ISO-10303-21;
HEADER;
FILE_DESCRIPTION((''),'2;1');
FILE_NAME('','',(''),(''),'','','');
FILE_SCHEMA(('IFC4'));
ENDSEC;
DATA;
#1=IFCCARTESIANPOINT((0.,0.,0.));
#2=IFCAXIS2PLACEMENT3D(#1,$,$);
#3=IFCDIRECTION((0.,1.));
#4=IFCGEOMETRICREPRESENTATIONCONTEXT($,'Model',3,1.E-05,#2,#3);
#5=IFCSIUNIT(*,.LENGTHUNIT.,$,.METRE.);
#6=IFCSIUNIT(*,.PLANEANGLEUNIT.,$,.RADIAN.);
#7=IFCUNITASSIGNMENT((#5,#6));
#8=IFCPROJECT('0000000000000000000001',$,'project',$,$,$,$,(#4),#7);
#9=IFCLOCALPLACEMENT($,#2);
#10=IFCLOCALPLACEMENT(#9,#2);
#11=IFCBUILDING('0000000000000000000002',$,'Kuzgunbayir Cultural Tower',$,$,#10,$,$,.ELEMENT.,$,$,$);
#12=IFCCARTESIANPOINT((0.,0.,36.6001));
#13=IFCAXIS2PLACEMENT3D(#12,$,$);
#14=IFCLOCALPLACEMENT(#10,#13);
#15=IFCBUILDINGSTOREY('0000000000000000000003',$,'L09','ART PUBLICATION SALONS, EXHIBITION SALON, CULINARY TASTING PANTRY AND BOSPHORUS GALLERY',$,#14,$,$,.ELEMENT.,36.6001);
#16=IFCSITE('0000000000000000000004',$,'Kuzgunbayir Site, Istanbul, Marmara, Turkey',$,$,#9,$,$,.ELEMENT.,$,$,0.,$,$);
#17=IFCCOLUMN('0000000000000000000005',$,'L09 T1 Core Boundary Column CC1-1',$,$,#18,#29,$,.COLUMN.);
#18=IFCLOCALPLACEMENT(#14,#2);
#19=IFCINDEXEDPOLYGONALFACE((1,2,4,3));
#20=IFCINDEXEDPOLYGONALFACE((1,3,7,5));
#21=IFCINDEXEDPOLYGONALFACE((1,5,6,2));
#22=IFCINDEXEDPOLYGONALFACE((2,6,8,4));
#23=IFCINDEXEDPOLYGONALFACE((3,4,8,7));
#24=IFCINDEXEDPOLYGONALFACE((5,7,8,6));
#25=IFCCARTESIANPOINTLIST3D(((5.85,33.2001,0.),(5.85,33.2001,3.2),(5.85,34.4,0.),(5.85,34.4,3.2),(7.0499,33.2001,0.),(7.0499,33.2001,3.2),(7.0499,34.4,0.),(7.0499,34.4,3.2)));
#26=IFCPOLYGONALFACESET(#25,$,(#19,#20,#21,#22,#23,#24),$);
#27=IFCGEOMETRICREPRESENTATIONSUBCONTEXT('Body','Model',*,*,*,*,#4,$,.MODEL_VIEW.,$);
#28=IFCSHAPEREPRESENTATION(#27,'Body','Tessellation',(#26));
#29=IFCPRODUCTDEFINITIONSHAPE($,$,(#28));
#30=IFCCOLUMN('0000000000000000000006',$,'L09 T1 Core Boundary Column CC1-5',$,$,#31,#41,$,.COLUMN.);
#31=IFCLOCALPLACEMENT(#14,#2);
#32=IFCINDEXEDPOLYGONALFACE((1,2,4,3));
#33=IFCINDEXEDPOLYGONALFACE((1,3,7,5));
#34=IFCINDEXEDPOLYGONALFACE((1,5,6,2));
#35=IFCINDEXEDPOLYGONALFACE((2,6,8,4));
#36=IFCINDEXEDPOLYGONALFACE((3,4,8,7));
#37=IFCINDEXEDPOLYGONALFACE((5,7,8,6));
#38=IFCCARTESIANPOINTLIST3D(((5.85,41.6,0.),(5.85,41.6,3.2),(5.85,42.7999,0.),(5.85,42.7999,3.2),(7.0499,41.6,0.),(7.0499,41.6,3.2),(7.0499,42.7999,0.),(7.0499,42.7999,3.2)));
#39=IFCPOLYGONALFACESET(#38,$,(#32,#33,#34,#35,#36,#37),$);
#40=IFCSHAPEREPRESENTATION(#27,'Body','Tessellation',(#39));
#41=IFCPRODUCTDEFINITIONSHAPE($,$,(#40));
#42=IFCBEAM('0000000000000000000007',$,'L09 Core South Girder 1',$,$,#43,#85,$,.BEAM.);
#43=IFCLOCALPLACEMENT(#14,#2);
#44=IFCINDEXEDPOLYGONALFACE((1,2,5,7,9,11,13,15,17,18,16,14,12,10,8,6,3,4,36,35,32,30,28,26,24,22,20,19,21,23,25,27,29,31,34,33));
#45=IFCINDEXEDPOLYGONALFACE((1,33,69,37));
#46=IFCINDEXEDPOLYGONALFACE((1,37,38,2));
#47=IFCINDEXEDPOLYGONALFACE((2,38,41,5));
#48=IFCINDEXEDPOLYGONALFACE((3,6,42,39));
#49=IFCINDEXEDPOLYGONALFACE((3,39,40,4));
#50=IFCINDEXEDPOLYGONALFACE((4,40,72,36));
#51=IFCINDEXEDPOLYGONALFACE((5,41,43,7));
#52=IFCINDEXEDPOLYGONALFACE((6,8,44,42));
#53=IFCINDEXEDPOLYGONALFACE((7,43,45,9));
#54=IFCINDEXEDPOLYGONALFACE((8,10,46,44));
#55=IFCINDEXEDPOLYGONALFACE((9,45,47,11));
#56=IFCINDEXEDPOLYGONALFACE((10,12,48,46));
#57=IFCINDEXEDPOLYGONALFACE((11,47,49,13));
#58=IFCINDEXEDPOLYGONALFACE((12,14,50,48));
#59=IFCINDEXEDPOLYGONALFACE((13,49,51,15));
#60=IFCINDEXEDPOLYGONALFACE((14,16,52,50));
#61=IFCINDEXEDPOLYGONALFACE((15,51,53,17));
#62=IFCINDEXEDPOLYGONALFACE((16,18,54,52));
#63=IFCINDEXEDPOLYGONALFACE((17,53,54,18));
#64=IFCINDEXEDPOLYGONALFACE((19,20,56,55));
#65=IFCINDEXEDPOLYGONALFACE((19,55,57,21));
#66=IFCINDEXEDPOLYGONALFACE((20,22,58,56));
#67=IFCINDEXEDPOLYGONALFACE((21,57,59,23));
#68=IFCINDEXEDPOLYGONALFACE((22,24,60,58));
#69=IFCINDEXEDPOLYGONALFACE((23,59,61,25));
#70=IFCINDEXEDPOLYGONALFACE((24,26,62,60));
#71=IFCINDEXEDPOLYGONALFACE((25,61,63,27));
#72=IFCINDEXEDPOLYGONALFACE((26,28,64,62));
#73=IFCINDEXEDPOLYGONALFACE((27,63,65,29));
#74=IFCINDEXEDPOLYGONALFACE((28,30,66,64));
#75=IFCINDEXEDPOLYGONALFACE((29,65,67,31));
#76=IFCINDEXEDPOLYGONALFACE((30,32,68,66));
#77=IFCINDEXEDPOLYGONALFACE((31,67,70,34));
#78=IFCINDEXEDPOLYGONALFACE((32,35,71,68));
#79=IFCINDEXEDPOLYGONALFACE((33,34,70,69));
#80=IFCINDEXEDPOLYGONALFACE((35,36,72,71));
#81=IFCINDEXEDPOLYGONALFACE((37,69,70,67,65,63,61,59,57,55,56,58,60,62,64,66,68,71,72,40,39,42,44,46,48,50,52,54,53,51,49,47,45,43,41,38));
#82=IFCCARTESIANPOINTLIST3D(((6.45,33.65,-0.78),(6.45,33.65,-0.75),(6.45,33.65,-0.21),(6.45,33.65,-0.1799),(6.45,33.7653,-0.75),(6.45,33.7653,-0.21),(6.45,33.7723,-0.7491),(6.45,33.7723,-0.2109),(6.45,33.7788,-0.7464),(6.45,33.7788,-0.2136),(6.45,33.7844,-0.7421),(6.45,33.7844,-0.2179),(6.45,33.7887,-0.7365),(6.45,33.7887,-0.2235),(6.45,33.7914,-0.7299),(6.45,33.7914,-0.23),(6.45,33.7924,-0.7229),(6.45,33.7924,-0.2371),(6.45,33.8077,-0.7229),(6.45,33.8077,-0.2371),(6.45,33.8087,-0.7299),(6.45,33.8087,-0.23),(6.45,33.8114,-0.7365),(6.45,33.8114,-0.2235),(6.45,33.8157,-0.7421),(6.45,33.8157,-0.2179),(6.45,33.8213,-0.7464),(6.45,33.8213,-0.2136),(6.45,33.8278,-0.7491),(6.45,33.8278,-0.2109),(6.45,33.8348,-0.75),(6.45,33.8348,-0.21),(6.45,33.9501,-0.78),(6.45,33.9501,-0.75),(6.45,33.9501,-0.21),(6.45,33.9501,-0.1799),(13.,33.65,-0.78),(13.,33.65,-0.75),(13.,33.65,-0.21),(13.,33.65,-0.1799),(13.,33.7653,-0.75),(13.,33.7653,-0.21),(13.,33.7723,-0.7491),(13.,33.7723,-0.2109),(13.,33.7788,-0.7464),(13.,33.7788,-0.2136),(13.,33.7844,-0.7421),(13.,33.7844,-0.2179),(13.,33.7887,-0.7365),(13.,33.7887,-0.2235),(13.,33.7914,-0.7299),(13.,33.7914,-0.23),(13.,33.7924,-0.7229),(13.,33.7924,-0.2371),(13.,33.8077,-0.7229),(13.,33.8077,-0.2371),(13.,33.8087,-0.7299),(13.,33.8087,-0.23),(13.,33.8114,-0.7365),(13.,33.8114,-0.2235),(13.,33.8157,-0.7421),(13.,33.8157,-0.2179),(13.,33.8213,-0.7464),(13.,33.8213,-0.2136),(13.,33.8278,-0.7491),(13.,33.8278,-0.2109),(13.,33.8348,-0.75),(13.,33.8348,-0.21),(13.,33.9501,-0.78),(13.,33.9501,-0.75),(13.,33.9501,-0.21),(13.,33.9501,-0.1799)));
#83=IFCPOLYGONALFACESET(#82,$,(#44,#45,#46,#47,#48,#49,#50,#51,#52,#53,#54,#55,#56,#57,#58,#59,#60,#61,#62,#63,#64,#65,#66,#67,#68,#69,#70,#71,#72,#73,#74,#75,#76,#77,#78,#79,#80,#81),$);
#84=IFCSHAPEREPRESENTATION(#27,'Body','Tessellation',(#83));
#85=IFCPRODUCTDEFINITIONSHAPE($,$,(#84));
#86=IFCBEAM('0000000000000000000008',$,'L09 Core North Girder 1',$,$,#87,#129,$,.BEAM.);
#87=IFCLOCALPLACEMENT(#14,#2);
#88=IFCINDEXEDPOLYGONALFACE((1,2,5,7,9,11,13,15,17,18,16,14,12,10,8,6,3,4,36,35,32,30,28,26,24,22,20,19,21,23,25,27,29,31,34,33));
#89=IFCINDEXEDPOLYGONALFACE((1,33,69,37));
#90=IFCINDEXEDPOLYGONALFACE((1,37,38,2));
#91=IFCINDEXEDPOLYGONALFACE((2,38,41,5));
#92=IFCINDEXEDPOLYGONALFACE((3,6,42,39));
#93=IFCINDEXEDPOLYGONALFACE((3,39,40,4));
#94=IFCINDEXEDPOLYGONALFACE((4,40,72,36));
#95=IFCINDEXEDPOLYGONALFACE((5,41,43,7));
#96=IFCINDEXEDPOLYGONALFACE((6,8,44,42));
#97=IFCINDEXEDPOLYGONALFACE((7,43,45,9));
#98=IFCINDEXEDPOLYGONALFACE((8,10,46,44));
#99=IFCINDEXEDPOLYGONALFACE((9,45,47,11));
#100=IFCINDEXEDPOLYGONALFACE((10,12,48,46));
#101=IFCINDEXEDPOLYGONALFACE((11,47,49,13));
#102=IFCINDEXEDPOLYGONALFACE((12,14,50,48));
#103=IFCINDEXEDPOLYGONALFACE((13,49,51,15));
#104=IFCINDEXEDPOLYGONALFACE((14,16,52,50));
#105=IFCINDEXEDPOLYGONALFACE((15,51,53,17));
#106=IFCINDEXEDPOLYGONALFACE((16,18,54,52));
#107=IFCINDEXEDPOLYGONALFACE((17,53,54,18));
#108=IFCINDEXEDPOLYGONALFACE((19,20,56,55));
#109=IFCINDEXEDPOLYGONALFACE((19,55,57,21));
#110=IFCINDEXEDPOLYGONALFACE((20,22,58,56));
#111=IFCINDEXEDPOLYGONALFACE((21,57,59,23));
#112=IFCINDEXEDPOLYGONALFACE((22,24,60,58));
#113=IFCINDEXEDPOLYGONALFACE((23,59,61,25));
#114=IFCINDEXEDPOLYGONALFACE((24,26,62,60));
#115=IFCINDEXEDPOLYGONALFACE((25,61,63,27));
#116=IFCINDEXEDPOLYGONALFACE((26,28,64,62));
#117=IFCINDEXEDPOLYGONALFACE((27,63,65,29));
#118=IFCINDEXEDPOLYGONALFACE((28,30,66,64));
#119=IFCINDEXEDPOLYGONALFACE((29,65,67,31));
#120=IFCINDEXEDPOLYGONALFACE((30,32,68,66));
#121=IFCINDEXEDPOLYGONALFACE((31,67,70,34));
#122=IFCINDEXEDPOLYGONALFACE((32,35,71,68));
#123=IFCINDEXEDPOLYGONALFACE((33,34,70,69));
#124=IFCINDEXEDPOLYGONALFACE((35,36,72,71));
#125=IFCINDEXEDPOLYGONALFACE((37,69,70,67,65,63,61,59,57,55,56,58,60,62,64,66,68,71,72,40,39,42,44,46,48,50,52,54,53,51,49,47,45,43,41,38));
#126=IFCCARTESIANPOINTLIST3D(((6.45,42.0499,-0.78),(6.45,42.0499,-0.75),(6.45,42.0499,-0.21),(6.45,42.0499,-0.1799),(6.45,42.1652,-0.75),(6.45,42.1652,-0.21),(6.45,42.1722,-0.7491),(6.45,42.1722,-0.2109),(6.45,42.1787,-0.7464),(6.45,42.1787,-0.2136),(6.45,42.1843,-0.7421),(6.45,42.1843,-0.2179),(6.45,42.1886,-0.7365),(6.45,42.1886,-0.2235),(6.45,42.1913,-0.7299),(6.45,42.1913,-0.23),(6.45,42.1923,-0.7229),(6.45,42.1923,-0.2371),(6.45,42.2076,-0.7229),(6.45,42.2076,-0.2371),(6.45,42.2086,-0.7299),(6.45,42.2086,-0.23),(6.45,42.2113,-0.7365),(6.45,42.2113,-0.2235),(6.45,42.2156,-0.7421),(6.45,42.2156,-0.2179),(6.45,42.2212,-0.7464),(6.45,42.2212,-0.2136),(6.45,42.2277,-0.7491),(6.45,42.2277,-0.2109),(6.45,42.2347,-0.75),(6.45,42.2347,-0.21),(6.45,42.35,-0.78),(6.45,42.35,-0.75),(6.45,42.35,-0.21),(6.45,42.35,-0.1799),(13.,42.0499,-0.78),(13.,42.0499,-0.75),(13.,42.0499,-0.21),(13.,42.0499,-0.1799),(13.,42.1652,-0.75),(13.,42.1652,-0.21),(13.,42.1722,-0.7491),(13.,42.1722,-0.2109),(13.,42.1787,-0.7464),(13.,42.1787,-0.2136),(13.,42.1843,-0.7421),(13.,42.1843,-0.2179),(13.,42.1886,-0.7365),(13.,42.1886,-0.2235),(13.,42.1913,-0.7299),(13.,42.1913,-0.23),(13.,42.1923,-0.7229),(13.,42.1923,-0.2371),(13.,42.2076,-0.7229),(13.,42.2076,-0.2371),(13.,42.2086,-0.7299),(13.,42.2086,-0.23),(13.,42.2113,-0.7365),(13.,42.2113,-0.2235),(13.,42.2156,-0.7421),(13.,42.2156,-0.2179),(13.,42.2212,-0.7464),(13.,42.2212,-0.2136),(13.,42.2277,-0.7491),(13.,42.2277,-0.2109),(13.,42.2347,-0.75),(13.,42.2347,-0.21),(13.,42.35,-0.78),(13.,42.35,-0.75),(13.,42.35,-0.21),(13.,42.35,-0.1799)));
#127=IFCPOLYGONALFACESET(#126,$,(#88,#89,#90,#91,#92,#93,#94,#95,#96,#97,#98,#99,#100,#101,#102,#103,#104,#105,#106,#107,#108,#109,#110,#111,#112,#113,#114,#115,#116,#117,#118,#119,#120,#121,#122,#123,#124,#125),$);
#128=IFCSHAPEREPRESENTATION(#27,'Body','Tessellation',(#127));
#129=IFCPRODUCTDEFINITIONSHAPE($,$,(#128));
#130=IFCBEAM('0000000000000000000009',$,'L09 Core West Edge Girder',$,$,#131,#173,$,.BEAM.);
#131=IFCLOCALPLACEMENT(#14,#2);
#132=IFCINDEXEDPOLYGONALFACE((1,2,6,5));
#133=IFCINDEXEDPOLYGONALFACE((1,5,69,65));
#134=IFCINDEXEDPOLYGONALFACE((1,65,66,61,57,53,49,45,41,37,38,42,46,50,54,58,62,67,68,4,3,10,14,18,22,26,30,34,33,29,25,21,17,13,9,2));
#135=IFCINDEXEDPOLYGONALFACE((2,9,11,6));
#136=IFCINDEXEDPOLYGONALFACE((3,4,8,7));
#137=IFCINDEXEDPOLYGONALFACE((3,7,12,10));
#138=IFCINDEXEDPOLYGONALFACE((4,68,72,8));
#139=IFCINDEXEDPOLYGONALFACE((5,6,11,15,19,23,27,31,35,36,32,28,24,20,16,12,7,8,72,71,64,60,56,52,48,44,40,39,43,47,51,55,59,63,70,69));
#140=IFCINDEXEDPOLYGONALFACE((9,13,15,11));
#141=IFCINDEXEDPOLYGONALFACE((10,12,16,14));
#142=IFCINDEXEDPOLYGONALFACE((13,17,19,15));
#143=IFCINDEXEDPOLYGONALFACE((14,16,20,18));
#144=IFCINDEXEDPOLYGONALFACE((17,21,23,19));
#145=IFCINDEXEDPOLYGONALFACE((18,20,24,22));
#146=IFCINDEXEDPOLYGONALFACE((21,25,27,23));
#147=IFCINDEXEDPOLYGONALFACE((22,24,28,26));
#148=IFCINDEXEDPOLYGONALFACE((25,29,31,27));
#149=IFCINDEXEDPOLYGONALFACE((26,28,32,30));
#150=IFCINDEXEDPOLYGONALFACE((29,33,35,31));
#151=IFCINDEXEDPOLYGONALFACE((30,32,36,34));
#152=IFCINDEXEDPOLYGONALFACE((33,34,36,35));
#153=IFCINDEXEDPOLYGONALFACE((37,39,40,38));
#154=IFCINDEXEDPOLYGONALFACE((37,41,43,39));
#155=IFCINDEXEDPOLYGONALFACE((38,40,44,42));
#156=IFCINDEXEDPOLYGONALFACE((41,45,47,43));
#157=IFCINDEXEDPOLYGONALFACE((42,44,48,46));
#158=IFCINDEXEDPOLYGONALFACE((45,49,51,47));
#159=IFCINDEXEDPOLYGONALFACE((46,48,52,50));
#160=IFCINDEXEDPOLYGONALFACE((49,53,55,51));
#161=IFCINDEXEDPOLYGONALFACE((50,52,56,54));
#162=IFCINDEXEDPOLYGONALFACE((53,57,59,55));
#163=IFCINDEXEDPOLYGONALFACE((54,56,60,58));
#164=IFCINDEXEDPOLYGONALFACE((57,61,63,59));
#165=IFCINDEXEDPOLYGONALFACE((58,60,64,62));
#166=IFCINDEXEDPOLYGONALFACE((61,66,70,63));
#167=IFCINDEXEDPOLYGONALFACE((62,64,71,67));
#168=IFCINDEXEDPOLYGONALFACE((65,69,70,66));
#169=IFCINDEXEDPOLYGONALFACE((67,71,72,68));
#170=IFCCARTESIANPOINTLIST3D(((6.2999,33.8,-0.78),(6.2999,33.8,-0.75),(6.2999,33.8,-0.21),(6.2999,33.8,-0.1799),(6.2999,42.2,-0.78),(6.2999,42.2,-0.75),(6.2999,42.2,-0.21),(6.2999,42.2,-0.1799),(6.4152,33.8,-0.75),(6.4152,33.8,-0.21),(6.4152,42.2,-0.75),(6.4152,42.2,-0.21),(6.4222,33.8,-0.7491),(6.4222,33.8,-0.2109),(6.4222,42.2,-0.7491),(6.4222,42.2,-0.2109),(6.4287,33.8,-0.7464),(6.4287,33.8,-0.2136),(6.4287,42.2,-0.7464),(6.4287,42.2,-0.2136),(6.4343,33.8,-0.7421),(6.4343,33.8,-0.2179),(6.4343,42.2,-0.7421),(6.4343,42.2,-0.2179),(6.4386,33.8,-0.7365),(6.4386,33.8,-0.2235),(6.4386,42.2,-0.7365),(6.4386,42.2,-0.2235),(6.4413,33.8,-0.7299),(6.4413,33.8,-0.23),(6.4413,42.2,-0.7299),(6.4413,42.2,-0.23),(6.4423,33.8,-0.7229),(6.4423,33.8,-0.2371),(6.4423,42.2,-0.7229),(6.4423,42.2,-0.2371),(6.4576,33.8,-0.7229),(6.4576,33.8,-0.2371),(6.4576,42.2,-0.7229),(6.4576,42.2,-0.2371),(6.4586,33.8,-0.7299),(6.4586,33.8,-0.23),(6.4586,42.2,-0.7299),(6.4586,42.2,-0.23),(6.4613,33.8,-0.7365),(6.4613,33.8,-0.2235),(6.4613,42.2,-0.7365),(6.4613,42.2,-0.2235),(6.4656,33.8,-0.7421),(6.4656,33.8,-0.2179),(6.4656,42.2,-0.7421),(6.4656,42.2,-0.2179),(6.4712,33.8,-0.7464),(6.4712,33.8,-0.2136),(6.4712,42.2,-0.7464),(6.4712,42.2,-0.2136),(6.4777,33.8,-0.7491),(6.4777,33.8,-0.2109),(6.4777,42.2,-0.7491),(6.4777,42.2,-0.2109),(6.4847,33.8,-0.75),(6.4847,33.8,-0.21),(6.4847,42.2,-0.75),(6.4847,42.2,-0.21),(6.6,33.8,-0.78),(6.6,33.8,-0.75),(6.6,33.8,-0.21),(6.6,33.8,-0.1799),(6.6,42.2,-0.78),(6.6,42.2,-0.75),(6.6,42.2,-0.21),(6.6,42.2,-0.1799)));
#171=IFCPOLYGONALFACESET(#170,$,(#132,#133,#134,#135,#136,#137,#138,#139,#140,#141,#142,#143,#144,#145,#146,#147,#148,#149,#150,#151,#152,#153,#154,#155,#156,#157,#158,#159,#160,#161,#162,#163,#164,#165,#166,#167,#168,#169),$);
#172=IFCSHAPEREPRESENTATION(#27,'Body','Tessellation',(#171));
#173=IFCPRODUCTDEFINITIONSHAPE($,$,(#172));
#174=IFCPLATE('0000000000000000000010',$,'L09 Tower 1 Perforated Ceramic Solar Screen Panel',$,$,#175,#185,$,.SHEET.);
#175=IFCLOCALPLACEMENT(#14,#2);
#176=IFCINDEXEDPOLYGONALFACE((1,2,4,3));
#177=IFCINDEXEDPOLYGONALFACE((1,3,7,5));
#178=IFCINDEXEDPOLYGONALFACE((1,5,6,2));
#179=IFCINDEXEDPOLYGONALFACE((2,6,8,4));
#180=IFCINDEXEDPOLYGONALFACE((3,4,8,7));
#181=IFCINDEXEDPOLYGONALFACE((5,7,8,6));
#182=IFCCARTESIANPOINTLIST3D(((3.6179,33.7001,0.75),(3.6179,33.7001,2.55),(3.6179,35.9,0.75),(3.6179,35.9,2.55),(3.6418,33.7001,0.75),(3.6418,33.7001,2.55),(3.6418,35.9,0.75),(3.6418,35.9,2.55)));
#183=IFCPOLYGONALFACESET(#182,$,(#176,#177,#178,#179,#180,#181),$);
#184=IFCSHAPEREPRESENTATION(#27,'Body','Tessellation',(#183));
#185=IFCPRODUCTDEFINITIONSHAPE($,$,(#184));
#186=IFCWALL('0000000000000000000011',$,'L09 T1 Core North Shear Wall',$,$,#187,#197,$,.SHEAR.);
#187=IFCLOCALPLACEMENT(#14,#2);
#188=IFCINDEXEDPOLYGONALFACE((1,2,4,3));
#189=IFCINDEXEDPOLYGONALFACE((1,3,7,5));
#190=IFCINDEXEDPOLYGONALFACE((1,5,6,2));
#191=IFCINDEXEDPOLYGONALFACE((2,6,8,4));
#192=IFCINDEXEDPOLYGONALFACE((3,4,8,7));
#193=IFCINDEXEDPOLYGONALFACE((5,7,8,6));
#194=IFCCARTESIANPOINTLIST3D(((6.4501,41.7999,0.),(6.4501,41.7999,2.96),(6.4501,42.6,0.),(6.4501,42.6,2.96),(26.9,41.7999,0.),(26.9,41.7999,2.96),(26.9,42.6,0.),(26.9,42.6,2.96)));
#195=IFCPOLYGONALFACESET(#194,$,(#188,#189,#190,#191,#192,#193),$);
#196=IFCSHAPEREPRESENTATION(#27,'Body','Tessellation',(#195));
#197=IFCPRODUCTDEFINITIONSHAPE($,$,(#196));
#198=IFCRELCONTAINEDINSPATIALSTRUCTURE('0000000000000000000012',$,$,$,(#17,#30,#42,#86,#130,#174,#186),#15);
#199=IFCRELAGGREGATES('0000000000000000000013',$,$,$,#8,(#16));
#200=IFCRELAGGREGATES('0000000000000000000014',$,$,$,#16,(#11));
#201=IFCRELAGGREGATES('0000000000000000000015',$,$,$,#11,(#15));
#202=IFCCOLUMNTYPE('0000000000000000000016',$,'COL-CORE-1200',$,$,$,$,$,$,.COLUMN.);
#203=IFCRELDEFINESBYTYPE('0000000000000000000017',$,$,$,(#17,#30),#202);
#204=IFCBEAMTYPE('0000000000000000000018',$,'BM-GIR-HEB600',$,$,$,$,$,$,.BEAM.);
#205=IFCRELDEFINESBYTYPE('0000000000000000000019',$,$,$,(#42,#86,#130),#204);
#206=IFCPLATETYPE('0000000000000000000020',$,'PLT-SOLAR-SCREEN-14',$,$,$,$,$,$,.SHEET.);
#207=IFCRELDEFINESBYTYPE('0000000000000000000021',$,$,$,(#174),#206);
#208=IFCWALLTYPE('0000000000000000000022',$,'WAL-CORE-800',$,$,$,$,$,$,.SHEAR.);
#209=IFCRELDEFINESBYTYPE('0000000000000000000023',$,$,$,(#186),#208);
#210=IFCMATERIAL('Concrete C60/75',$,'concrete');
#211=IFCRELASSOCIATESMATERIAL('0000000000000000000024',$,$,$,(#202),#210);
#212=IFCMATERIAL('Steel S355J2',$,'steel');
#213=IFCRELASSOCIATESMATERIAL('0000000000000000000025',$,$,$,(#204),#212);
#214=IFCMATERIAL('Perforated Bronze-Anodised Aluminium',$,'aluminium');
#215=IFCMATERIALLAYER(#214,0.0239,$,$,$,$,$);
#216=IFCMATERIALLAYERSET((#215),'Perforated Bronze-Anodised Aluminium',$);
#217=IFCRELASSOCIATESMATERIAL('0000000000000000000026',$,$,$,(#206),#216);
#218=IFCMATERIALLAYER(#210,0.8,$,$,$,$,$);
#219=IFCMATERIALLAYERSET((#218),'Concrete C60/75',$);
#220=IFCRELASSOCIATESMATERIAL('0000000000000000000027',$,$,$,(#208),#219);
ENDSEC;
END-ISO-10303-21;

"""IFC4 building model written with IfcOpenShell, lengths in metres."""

from ifc_helpers import new_model, si_unit, direction, frame, frame_2d, origin, origin_2d, place, context, subcontext, project, spatial, rectangle, i_section, extrude, material, layer, layer_set, material_profile, profile_set, type_object, element, save


model = new_model("IFC4")

# Units and contexts
model_context = context("Model", 3, precision=1e-05, world=origin(), true_north=direction((0.0, 1.0)))
body_context = subcontext(model_context, "Body", "Model", "MODEL_VIEW")
ifc_project = project(units=[si_unit("LENGTHUNIT", "METRE"), si_unit("PLANEANGLEUNIT", "RADIAN")], contexts=[model_context])

# Site, building, storey
site_placement = place(None, origin())
site = spatial("IfcSite", under=ifc_project, at=site_placement, Name="Kuzgunbayir Site, Istanbul, Marmara, Turkey", CompositionType="ELEMENT", RefElevation=0.0)
building_placement = place(site_placement, origin())
building = spatial("IfcBuilding", under=site, at=building_placement, Name="Kuzgunbayir Cultural Tower", CompositionType="ELEMENT")
storey_placement = place(building_placement, frame((0.0, 0.0, 36.6001)))
storey = spatial("IfcBuildingStorey", under=building, at=storey_placement, Name="L09", Description="ART PUBLICATION SALONS, EXHIBITION SALON, CULINARY TASTING PANTRY AND BOSPHORUS GALLERY", CompositionType="ELEMENT", Elevation=36.6001)

# Columns
ifc_material_1 = material(Name="Concrete C60/75", Category="concrete")
ifc_material_profile_1 = material_profile(ifc_material_1, rectangle(XDim=1.2, YDim=1.2, at=origin_2d()), Name="RC 1200x1200")
ifc_profile_set_1 = profile_set([ifc_material_profile_1], Name="Concrete C60/75")
column_type = type_object("IfcColumnType", Name="COL-CORE-1200", PredefinedType="COLUMN", material=ifc_profile_set_1)
for number, where, z_axis, x_axis, name in (
    (1, (6.45, 33.8, 0.0), (0.0, 0.0, 1.0), (1.0, 0.0, 0.0), "L09 T1 Core Boundary Column CC1-1"),
    (2, (6.45, 42.2, 0.0), (0.0, 0.0, 1.0), (1.0, 0.0, 0.0), "L09 T1 Core Boundary Column CC1-5"),
):
    element("IfcColumn", number, at=place(storey_placement, frame(where, z_axis=z_axis, x_axis=x_axis)), inside=storey, type_object=column_type, Name=name, PredefinedType="COLUMN", context=body_context, shape_type="SweptSolid", body=[
        extrude(rectangle(XDim=1.2, YDim=1.2, at=origin_2d()), origin(), (0.0, 0.0, 1.0), 3.2),
    ])

# Beams
ifc_material_2 = material(Name="Steel S355J2", Category="steel")
ifc_material_profile_2 = material_profile(ifc_material_2, i_section(OverallWidth=0.3, OverallDepth=0.6001, WebThickness=0.0154, FlangeThickness=0.03, FilletRadius=0.0271, at=origin_2d()), Name="HEB 600")
ifc_profile_set_2 = profile_set([ifc_material_profile_2], Name="Steel S355J2")
beam_type = type_object("IfcBeamType", Name="BM-GIR-HEB600", PredefinedType="BEAM", material=ifc_profile_set_2)
for number, where, z_axis, x_axis, name in (
    (3, (6.45, 33.8, -0.48), (1.0, 0.0, 0.0), (0.0, 1.0, 0.0), "L09 Core South Girder 1"),
    (4, (6.45, 42.2, -0.48), (1.0, 0.0, 0.0), (0.0, 1.0, 0.0), "L09 Core North Girder 1"),
):
    element("IfcBeam", number, at=place(storey_placement, frame(where, z_axis=z_axis, x_axis=x_axis)), inside=storey, type_object=beam_type, Name=name, PredefinedType="BEAM", context=body_context, shape_type="SweptSolid", body=[
        extrude(i_section(OverallWidth=0.3, OverallDepth=0.6001, WebThickness=0.0154, FlangeThickness=0.03, FilletRadius=0.0271, at=origin_2d()), origin(), (0.0, 0.0, 1.0), 6.55),
    ])
beam_placement = place(storey_placement, frame((6.45, 33.8, -0.48), z_axis=(0.0, 1.0, 0.0), x_axis=(-1.0, 0.0, 0.0)))
element("IfcBeam", 5, at=beam_placement, inside=storey, type_object=beam_type, Name="L09 Core West Edge Girder", PredefinedType="BEAM", context=body_context, shape_type="SweptSolid", body=[
    extrude(i_section(OverallWidth=0.3, OverallDepth=0.6001, WebThickness=0.0154, FlangeThickness=0.03, FilletRadius=0.0271, at=origin_2d()), origin(), (0.0, 0.0, 1.0), 8.3999),
])

# Plate
ifc_material_3 = material(Name="Perforated Bronze-Anodised Aluminium", Category="aluminium")
ifc_layer_1 = layer(ifc_material_3, 0.0239)
ifc_layer_set_1 = layer_set([ifc_layer_1], Name="Perforated Bronze-Anodised Aluminium")
plate_type = type_object("IfcPlateType", Name="PLT-SOLAR-SCREEN-14", PredefinedType="SHEET", material=ifc_layer_set_1)
plate_placement = place(storey_placement, frame((3.6299, 34.8, 0.75), z_axis=(0.0, 0.0, 1.0), x_axis=(1.0, 0.0, 0.0)))
element("IfcPlate", 6, at=plate_placement, inside=storey, type_object=plate_type, Name="L09 Tower 1 Perforated Ceramic Solar Screen Panel", PredefinedType="SHEET", context=body_context, shape_type="SweptSolid", body=[
    extrude(rectangle(XDim=0.0239, YDim=2.2, at=origin_2d()), origin(), (0.0, 0.0, 1.0), 1.8),
])

# Wall
ifc_layer_2 = layer(ifc_material_1, 0.8)
ifc_layer_set_2 = layer_set([ifc_layer_2], Name="Concrete C60/75")
wall_type_1 = type_object("IfcWallType", Name="WAL-CORE-800", PredefinedType="SHEAR", material=ifc_layer_set_2)
wall_1_placement = place(storey_placement, frame((6.45, 42.2, 0.0), z_axis=(0.0, 0.0, 1.0), x_axis=(1.0, 0.0, 0.0)))
element("IfcWall", 7, at=wall_1_placement, inside=storey, type_object=wall_type_1, Name="L09 T1 Core North Shear Wall", PredefinedType="SHEAR", context=body_context, shape_type="SweptSolid", body=[
    extrude(rectangle(XDim=20.45, YDim=0.8, at=frame_2d((10.2251, 0.0))), origin(), (0.0, 0.0, 1.0), 2.96),
])

save(model, "model.ifc")
